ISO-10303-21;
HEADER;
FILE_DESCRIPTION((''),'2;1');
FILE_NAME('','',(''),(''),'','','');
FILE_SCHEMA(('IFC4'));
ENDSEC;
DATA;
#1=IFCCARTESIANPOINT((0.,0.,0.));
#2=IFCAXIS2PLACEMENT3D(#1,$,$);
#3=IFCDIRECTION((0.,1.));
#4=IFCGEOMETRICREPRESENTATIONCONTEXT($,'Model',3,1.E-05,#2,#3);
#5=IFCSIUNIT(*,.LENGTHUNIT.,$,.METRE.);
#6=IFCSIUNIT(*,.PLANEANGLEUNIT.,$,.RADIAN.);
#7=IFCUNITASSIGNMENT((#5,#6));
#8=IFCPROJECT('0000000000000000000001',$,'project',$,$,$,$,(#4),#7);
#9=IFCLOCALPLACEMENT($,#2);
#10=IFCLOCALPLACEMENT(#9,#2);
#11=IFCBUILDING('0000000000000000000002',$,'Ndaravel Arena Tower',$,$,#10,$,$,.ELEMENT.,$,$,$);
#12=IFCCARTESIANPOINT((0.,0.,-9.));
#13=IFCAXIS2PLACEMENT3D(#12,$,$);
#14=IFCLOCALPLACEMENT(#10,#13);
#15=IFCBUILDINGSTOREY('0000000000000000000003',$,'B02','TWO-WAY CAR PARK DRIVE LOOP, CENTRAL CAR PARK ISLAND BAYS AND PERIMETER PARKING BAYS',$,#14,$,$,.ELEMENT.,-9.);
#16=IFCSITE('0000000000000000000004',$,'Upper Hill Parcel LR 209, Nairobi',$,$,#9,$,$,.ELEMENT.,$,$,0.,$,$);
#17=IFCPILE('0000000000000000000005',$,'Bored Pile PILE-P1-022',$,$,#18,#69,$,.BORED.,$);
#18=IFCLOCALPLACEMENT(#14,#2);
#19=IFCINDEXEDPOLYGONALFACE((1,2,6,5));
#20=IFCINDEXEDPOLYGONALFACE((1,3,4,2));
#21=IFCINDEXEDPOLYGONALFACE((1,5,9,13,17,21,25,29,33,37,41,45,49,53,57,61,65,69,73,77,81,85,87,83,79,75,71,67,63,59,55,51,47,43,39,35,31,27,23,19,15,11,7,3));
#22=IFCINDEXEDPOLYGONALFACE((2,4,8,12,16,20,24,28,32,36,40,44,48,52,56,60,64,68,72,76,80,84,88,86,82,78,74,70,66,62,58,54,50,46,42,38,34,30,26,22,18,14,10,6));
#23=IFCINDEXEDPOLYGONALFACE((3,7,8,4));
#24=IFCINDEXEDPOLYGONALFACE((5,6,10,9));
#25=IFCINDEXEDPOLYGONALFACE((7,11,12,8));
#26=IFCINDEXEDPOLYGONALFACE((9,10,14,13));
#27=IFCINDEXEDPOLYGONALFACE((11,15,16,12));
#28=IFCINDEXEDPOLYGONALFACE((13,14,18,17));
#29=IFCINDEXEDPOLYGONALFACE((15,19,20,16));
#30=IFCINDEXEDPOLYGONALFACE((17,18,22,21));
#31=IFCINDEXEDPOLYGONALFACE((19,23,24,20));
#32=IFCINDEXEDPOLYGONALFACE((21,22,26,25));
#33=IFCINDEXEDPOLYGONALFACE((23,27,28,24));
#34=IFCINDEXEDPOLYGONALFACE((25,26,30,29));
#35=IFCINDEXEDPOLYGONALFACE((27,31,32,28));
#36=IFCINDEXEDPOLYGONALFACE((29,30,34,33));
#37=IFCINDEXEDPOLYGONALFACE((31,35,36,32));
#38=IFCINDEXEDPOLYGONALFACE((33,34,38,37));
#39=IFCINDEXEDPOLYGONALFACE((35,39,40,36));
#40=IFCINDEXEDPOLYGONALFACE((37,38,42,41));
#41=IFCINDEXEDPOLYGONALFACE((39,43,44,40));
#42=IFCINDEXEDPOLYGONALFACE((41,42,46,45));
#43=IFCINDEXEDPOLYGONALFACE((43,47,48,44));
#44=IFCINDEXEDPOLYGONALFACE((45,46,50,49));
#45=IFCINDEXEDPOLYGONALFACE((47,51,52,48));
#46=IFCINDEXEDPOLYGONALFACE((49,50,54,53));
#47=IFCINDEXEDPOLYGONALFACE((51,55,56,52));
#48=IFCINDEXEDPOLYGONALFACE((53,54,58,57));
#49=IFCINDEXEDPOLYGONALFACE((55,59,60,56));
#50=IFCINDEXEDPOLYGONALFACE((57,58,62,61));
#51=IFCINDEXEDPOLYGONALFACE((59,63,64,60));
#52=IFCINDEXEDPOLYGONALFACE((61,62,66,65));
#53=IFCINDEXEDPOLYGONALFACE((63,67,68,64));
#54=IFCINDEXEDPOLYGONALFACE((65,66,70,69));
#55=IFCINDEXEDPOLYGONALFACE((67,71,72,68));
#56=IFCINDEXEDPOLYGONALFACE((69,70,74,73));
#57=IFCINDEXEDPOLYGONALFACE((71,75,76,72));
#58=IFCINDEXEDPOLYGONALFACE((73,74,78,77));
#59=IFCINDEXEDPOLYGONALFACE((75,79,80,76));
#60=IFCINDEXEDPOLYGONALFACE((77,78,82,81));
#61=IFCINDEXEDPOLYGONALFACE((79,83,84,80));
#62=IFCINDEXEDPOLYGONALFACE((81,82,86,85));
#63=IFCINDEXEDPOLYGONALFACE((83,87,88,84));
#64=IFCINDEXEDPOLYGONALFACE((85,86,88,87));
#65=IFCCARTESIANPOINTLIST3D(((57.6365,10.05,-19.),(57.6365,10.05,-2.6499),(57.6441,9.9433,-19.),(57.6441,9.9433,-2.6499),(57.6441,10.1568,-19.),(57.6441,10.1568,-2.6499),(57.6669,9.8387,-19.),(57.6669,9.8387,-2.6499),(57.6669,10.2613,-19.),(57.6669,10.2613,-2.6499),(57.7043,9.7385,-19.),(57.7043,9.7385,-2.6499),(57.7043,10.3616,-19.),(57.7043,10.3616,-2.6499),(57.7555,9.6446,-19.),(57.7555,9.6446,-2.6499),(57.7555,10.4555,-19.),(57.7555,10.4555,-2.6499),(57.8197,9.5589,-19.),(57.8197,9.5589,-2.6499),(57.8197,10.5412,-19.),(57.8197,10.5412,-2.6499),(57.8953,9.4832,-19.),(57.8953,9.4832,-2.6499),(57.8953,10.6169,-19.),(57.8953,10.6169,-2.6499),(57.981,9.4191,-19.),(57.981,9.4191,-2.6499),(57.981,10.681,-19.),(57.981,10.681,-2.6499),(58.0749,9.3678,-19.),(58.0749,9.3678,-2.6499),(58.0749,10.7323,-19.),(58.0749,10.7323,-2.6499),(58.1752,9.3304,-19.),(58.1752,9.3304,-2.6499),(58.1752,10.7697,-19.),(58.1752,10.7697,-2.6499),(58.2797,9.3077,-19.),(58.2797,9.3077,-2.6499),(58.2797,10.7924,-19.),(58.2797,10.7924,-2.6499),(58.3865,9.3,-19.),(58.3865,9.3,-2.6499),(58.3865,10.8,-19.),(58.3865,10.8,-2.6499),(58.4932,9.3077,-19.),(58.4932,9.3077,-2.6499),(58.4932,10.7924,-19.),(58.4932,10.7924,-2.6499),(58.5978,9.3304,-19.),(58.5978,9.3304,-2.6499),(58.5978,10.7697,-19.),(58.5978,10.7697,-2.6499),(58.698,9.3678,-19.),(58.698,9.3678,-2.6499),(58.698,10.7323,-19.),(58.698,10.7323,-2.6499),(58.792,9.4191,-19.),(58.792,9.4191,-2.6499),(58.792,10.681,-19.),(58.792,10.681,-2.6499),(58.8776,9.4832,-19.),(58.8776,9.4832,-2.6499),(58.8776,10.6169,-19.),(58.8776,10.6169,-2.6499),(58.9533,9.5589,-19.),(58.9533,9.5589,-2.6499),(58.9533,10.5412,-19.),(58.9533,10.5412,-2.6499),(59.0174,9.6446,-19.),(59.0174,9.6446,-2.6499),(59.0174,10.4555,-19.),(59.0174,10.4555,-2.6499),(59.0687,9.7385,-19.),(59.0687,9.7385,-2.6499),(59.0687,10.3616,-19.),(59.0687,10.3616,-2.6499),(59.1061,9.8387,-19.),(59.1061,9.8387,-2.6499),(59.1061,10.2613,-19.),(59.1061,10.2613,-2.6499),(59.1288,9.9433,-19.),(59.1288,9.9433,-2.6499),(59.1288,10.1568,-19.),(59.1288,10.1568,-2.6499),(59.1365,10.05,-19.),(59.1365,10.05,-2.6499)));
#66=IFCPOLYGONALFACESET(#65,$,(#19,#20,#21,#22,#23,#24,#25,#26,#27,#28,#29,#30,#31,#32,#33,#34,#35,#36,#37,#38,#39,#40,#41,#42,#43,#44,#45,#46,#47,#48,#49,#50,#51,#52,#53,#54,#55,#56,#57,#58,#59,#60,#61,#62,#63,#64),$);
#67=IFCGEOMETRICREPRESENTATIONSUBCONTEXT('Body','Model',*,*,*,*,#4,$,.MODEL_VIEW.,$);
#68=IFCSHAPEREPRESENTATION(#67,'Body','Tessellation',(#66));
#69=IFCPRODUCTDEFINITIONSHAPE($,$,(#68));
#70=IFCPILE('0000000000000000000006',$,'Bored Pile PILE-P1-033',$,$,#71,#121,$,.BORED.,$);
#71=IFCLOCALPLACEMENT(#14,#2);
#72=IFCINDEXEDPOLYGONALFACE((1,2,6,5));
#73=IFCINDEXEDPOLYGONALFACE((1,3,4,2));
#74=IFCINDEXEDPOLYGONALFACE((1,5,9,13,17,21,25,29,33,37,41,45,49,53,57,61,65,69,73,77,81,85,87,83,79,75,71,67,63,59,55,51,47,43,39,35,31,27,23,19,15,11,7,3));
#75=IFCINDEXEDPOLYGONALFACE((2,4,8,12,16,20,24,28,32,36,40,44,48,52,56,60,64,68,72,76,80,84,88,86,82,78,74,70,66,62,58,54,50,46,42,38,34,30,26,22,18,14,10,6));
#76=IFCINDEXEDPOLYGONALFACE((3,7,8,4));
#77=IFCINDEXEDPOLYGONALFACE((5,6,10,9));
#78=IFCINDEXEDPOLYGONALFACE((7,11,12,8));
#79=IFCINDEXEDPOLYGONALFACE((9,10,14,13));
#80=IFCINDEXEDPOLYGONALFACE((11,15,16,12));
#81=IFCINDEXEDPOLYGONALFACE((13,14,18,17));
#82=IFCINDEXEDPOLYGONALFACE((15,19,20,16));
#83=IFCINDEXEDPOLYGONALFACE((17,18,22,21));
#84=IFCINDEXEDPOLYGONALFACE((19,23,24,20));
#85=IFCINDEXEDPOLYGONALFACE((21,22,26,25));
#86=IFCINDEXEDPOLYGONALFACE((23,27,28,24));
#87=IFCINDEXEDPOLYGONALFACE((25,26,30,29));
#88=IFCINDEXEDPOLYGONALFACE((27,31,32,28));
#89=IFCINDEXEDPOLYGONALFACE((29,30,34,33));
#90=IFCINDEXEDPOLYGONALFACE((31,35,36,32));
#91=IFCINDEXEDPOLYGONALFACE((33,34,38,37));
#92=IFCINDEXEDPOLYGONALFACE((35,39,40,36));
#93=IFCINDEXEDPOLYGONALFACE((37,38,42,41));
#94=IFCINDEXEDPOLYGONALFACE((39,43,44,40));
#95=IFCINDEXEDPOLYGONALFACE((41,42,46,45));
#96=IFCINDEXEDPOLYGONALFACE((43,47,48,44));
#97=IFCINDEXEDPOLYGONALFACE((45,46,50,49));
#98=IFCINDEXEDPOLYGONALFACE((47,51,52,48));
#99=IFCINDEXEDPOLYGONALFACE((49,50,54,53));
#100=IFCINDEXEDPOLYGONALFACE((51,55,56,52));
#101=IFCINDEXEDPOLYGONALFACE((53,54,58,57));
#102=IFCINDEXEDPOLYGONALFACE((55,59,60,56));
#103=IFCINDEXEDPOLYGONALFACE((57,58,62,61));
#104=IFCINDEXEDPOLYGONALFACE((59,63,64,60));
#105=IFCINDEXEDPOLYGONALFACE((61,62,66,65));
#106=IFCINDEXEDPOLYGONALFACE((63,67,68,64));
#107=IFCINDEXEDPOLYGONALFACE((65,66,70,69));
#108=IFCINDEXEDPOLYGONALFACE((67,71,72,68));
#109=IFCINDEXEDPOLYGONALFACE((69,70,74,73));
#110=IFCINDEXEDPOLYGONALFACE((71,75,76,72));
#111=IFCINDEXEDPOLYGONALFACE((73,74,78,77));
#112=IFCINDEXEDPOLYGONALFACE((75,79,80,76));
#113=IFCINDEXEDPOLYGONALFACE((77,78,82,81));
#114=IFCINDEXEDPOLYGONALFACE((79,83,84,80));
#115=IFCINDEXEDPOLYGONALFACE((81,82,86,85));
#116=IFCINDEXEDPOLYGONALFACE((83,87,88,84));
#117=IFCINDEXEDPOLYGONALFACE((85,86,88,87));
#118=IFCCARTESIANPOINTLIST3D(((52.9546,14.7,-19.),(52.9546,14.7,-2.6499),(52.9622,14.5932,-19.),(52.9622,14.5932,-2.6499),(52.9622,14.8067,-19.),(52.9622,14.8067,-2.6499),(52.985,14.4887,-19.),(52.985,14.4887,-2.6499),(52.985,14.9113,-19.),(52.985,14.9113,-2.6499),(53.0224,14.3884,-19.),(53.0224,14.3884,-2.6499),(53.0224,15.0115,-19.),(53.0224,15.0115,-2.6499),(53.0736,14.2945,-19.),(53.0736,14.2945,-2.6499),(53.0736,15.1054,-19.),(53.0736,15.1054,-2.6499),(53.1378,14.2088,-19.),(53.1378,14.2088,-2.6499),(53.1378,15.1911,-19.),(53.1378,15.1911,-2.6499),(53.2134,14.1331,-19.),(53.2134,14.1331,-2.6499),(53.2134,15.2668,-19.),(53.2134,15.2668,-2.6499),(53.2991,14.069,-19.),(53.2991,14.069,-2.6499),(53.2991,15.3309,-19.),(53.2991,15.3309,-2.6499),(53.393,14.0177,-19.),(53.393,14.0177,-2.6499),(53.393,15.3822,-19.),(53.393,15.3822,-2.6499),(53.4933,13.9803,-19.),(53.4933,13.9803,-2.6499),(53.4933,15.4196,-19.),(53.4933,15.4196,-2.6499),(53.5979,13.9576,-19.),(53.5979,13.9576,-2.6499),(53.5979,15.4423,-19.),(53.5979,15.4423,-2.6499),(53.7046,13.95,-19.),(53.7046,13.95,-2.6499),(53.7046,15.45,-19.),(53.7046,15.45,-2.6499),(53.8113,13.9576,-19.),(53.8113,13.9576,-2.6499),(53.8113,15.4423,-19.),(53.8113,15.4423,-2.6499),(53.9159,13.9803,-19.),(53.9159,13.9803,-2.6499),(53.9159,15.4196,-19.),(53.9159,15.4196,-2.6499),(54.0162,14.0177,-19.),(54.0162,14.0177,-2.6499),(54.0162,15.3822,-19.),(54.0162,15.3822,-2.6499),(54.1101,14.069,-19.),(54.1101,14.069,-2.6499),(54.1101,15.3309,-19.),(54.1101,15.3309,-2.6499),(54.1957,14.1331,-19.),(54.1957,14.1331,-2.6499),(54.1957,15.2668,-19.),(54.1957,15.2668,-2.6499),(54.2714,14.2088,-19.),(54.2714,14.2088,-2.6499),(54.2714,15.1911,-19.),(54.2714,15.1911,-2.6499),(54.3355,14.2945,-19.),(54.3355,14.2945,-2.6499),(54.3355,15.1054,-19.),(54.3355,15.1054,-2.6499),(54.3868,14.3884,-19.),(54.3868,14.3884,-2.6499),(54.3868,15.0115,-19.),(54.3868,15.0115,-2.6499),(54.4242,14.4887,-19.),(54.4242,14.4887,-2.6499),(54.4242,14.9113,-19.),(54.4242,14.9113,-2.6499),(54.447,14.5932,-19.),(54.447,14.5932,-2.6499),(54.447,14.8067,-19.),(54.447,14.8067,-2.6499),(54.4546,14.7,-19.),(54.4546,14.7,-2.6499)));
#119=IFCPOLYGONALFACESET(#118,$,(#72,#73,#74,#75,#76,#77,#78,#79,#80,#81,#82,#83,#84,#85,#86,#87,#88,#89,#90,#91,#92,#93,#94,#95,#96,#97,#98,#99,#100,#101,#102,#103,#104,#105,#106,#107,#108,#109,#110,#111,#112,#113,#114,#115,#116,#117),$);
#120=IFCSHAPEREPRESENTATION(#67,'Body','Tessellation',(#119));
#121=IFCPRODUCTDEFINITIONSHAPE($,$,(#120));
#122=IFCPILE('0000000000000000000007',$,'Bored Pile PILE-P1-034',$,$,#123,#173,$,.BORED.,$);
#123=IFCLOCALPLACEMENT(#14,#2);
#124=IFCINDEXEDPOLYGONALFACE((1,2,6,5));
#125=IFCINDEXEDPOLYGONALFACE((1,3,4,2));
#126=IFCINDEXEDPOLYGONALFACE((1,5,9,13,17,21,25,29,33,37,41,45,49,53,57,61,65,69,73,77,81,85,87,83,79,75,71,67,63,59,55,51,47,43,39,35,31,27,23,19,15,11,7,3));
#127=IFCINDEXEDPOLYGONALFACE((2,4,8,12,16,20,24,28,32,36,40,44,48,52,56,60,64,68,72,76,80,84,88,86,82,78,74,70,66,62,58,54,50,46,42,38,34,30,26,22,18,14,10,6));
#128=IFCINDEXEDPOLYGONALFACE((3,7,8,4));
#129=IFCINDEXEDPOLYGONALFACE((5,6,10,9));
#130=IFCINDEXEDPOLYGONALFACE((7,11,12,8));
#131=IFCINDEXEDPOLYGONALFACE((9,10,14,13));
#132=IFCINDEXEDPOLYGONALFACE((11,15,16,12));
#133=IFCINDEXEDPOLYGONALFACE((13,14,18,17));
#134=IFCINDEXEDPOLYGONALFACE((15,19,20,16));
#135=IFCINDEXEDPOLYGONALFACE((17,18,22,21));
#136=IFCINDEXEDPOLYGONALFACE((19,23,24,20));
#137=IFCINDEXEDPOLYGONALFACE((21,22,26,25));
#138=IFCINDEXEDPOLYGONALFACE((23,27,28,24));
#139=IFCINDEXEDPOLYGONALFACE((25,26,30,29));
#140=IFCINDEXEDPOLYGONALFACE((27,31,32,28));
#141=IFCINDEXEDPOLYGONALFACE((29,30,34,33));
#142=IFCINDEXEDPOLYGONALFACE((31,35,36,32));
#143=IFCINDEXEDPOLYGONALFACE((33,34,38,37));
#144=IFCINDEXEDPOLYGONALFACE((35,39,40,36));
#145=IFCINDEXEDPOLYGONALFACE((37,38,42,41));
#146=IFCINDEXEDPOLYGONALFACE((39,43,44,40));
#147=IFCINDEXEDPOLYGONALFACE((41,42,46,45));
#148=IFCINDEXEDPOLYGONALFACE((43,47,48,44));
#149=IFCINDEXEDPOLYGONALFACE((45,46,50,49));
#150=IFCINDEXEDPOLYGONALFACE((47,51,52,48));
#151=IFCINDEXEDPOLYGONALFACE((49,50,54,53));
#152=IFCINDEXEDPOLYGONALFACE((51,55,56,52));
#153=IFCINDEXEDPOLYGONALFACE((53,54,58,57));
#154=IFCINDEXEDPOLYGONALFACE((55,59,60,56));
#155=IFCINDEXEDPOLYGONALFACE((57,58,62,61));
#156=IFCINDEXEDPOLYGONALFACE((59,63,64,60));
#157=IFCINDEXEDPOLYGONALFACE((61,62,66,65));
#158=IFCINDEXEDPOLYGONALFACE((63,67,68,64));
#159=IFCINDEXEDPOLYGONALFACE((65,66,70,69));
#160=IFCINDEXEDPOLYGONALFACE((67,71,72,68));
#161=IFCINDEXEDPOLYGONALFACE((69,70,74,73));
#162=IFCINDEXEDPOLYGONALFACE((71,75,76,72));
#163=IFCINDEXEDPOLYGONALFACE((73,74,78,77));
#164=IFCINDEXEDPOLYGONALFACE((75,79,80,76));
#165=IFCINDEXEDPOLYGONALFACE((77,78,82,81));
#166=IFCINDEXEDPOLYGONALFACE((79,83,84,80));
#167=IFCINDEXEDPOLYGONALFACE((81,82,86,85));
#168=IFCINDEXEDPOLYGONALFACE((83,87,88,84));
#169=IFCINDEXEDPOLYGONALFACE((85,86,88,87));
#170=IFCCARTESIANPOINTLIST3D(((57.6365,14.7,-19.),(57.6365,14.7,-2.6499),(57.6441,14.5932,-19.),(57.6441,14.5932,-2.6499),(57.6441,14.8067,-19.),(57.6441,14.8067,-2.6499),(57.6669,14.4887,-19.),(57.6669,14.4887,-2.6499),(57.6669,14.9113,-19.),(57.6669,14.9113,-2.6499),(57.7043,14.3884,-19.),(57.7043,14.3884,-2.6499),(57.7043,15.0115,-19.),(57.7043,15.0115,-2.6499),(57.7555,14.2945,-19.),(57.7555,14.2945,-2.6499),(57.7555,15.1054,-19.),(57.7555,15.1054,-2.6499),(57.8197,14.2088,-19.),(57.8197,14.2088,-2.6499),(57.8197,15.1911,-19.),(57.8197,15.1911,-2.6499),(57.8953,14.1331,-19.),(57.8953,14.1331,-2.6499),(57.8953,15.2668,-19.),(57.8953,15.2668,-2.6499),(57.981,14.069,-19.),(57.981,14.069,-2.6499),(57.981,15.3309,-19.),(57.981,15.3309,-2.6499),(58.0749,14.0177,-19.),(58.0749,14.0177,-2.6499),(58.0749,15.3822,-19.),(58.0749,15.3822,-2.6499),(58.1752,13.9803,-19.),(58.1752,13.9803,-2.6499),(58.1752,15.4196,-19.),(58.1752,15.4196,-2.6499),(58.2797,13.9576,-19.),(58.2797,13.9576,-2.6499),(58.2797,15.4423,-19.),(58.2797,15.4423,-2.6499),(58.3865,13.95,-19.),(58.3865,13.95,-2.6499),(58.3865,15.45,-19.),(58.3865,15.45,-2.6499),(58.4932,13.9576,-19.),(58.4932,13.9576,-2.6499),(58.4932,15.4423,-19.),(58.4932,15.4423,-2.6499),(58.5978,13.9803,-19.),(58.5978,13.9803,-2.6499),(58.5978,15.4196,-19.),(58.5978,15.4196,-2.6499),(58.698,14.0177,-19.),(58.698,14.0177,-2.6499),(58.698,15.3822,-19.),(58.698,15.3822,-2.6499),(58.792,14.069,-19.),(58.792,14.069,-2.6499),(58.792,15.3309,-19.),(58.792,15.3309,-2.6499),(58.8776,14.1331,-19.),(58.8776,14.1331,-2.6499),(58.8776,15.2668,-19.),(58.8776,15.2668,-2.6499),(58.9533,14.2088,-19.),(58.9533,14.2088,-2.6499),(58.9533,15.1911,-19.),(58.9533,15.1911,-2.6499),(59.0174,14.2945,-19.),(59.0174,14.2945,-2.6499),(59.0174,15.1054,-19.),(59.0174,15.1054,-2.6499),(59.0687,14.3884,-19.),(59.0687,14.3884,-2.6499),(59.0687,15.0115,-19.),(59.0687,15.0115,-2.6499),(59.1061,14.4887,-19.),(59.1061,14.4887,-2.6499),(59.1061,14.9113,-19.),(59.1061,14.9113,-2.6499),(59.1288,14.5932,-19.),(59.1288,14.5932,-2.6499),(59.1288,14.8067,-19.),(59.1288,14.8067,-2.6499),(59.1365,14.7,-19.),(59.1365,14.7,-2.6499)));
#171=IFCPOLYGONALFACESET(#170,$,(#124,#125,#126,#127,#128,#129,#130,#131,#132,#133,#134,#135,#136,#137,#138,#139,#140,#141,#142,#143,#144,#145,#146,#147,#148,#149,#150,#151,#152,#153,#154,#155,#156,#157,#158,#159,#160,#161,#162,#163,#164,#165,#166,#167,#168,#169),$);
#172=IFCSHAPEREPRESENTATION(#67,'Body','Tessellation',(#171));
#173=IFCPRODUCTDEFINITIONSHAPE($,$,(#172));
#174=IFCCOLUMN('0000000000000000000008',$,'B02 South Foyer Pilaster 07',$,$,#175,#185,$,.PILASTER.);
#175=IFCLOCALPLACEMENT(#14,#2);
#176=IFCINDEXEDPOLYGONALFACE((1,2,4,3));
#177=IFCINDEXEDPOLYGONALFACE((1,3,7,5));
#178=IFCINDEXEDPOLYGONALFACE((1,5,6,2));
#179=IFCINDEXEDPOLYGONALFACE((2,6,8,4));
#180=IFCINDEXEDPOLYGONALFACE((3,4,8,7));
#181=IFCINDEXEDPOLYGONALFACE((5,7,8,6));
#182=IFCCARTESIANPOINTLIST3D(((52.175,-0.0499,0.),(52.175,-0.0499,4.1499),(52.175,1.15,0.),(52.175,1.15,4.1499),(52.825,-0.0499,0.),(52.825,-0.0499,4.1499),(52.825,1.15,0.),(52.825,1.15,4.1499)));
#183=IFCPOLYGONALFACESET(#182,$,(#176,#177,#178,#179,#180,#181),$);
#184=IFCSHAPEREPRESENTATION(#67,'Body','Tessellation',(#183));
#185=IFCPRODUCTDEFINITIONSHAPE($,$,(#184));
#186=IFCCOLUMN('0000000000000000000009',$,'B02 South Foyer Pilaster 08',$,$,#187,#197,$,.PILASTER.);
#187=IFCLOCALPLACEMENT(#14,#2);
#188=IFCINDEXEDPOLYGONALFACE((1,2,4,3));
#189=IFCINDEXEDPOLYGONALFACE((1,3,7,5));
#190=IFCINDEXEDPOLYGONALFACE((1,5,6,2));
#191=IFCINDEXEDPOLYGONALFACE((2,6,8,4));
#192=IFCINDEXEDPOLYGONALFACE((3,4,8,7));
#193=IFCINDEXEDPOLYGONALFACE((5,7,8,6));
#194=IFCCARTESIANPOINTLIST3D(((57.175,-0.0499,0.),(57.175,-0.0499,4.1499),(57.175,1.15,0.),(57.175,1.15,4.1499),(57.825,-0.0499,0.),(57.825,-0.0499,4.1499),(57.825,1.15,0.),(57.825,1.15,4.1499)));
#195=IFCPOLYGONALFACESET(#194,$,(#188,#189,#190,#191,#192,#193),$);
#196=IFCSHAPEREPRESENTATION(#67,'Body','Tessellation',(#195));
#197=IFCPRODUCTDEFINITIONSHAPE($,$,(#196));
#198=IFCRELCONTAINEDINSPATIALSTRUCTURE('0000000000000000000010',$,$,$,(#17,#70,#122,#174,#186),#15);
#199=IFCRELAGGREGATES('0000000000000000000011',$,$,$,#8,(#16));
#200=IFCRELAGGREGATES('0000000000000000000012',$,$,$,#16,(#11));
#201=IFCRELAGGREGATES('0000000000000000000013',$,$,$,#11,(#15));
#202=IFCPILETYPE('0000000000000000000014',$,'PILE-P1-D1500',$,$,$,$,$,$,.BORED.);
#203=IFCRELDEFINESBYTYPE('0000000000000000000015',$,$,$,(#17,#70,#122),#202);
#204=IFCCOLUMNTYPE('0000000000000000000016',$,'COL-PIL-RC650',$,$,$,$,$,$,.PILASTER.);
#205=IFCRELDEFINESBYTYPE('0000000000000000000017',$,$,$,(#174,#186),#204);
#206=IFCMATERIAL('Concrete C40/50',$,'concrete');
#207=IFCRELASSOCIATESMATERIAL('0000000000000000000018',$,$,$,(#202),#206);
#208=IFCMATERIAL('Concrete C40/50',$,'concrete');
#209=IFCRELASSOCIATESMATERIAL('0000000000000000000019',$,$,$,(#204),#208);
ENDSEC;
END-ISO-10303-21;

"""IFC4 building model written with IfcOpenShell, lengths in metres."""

from ifc_helpers import new_model, si_unit, direction, frame, origin, origin_2d, place, context, subcontext, project, spatial, rectangle, circle, extrude, material, material_profile, profile_set, type_object, element, save


model = new_model("IFC4")

# Units and contexts
model_context = context("Model", 3, precision=1e-05, world=origin(), true_north=direction((0.0, 1.0)))
body_context = subcontext(model_context, "Body", "Model", "MODEL_VIEW")
ifc_project = project(units=[si_unit("LENGTHUNIT", "METRE"), si_unit("PLANEANGLEUNIT", "RADIAN")], contexts=[model_context])

# Site, building, storey
site_placement = place(None, origin())
site = spatial("IfcSite", under=ifc_project, at=site_placement, Name="Upper Hill Parcel LR 209, Nairobi", CompositionType="ELEMENT", RefElevation=0.0)
building_placement = place(site_placement, origin())
building = spatial("IfcBuilding", under=site, at=building_placement, Name="Ndaravel Arena Tower", CompositionType="ELEMENT")
storey_placement = place(building_placement, frame((0.0, 0.0, -9.0)))
storey = spatial("IfcBuildingStorey", under=building, at=storey_placement, Name="B02", Description="TWO-WAY CAR PARK DRIVE LOOP, CENTRAL CAR PARK ISLAND BAYS AND PERIMETER PARKING BAYS", CompositionType="ELEMENT", Elevation=-9.0)

# Piles
ifc_material_1 = material(Name="Concrete C40/50", Category="concrete")
ifc_material_profile_1 = material_profile(ifc_material_1, circle(Radius=0.75, at=origin_2d()), Name="BORED PILE D1500")
ifc_profile_set_1 = profile_set([ifc_material_profile_1], Name="Concrete C40/50")
pile_type = type_object("IfcPileType", Name="PILE-P1-D1500", PredefinedType="BORED", material=ifc_profile_set_1)
for number, where, z_axis, x_axis, name in (
    (1, (58.3865, 10.05, -2.6499), (0.0, 0.0, -1.0), (1.0, 0.0, 0.0), "Bored Pile PILE-P1-022"),
    (2, (53.7046, 14.7, -2.6499), (0.0, 0.0, -1.0), (1.0, 0.0, 0.0), "Bored Pile PILE-P1-033"),
    (3, (58.3865, 14.7, -2.6499), (0.0, 0.0, -1.0), (1.0, 0.0, 0.0), "Bored Pile PILE-P1-034"),
):
    element("IfcPile", number, at=place(storey_placement, frame(where, z_axis=z_axis, x_axis=x_axis)), inside=storey, type_object=pile_type, Name=name, PredefinedType="BORED", context=body_context, shape_type="SweptSolid", body=[
        extrude(circle(Radius=0.75, at=origin_2d()), origin(), (0.0, 0.0, 1.0), 16.3501),
    ])

# Columns
ifc_material_2 = material(Name="Concrete C40/50", Category="concrete")
ifc_material_profile_2 = material_profile(ifc_material_2, rectangle(XDim=0.6499, YDim=1.2, at=origin_2d()), Name="RC 650x1200")
ifc_profile_set_2 = profile_set([ifc_material_profile_2], Name="Concrete C40/50")
column_type = type_object("IfcColumnType", Name="COL-PIL-RC650", PredefinedType="PILASTER", material=ifc_profile_set_2)
for number, where, z_axis, x_axis, name in (
    (4, (52.5, 0.55, 0.0), (0.0, 0.0, 1.0), (1.0, 0.0, 0.0), "B02 South Foyer Pilaster 07"),
    (5, (57.5, 0.55, 0.0), (0.0, 0.0, 1.0), (1.0, 0.0, 0.0), "B02 South Foyer Pilaster 08"),
):
    element("IfcColumn", number, at=place(storey_placement, frame(where, z_axis=z_axis, x_axis=x_axis)), inside=storey, type_object=column_type, Name=name, PredefinedType="PILASTER", context=body_context, shape_type="SweptSolid", body=[
        extrude(rectangle(XDim=0.6499, YDim=1.2, at=origin_2d()), origin(), (0.0, 0.0, 1.0), 4.1499),
    ])

save(model, "model.ifc")
